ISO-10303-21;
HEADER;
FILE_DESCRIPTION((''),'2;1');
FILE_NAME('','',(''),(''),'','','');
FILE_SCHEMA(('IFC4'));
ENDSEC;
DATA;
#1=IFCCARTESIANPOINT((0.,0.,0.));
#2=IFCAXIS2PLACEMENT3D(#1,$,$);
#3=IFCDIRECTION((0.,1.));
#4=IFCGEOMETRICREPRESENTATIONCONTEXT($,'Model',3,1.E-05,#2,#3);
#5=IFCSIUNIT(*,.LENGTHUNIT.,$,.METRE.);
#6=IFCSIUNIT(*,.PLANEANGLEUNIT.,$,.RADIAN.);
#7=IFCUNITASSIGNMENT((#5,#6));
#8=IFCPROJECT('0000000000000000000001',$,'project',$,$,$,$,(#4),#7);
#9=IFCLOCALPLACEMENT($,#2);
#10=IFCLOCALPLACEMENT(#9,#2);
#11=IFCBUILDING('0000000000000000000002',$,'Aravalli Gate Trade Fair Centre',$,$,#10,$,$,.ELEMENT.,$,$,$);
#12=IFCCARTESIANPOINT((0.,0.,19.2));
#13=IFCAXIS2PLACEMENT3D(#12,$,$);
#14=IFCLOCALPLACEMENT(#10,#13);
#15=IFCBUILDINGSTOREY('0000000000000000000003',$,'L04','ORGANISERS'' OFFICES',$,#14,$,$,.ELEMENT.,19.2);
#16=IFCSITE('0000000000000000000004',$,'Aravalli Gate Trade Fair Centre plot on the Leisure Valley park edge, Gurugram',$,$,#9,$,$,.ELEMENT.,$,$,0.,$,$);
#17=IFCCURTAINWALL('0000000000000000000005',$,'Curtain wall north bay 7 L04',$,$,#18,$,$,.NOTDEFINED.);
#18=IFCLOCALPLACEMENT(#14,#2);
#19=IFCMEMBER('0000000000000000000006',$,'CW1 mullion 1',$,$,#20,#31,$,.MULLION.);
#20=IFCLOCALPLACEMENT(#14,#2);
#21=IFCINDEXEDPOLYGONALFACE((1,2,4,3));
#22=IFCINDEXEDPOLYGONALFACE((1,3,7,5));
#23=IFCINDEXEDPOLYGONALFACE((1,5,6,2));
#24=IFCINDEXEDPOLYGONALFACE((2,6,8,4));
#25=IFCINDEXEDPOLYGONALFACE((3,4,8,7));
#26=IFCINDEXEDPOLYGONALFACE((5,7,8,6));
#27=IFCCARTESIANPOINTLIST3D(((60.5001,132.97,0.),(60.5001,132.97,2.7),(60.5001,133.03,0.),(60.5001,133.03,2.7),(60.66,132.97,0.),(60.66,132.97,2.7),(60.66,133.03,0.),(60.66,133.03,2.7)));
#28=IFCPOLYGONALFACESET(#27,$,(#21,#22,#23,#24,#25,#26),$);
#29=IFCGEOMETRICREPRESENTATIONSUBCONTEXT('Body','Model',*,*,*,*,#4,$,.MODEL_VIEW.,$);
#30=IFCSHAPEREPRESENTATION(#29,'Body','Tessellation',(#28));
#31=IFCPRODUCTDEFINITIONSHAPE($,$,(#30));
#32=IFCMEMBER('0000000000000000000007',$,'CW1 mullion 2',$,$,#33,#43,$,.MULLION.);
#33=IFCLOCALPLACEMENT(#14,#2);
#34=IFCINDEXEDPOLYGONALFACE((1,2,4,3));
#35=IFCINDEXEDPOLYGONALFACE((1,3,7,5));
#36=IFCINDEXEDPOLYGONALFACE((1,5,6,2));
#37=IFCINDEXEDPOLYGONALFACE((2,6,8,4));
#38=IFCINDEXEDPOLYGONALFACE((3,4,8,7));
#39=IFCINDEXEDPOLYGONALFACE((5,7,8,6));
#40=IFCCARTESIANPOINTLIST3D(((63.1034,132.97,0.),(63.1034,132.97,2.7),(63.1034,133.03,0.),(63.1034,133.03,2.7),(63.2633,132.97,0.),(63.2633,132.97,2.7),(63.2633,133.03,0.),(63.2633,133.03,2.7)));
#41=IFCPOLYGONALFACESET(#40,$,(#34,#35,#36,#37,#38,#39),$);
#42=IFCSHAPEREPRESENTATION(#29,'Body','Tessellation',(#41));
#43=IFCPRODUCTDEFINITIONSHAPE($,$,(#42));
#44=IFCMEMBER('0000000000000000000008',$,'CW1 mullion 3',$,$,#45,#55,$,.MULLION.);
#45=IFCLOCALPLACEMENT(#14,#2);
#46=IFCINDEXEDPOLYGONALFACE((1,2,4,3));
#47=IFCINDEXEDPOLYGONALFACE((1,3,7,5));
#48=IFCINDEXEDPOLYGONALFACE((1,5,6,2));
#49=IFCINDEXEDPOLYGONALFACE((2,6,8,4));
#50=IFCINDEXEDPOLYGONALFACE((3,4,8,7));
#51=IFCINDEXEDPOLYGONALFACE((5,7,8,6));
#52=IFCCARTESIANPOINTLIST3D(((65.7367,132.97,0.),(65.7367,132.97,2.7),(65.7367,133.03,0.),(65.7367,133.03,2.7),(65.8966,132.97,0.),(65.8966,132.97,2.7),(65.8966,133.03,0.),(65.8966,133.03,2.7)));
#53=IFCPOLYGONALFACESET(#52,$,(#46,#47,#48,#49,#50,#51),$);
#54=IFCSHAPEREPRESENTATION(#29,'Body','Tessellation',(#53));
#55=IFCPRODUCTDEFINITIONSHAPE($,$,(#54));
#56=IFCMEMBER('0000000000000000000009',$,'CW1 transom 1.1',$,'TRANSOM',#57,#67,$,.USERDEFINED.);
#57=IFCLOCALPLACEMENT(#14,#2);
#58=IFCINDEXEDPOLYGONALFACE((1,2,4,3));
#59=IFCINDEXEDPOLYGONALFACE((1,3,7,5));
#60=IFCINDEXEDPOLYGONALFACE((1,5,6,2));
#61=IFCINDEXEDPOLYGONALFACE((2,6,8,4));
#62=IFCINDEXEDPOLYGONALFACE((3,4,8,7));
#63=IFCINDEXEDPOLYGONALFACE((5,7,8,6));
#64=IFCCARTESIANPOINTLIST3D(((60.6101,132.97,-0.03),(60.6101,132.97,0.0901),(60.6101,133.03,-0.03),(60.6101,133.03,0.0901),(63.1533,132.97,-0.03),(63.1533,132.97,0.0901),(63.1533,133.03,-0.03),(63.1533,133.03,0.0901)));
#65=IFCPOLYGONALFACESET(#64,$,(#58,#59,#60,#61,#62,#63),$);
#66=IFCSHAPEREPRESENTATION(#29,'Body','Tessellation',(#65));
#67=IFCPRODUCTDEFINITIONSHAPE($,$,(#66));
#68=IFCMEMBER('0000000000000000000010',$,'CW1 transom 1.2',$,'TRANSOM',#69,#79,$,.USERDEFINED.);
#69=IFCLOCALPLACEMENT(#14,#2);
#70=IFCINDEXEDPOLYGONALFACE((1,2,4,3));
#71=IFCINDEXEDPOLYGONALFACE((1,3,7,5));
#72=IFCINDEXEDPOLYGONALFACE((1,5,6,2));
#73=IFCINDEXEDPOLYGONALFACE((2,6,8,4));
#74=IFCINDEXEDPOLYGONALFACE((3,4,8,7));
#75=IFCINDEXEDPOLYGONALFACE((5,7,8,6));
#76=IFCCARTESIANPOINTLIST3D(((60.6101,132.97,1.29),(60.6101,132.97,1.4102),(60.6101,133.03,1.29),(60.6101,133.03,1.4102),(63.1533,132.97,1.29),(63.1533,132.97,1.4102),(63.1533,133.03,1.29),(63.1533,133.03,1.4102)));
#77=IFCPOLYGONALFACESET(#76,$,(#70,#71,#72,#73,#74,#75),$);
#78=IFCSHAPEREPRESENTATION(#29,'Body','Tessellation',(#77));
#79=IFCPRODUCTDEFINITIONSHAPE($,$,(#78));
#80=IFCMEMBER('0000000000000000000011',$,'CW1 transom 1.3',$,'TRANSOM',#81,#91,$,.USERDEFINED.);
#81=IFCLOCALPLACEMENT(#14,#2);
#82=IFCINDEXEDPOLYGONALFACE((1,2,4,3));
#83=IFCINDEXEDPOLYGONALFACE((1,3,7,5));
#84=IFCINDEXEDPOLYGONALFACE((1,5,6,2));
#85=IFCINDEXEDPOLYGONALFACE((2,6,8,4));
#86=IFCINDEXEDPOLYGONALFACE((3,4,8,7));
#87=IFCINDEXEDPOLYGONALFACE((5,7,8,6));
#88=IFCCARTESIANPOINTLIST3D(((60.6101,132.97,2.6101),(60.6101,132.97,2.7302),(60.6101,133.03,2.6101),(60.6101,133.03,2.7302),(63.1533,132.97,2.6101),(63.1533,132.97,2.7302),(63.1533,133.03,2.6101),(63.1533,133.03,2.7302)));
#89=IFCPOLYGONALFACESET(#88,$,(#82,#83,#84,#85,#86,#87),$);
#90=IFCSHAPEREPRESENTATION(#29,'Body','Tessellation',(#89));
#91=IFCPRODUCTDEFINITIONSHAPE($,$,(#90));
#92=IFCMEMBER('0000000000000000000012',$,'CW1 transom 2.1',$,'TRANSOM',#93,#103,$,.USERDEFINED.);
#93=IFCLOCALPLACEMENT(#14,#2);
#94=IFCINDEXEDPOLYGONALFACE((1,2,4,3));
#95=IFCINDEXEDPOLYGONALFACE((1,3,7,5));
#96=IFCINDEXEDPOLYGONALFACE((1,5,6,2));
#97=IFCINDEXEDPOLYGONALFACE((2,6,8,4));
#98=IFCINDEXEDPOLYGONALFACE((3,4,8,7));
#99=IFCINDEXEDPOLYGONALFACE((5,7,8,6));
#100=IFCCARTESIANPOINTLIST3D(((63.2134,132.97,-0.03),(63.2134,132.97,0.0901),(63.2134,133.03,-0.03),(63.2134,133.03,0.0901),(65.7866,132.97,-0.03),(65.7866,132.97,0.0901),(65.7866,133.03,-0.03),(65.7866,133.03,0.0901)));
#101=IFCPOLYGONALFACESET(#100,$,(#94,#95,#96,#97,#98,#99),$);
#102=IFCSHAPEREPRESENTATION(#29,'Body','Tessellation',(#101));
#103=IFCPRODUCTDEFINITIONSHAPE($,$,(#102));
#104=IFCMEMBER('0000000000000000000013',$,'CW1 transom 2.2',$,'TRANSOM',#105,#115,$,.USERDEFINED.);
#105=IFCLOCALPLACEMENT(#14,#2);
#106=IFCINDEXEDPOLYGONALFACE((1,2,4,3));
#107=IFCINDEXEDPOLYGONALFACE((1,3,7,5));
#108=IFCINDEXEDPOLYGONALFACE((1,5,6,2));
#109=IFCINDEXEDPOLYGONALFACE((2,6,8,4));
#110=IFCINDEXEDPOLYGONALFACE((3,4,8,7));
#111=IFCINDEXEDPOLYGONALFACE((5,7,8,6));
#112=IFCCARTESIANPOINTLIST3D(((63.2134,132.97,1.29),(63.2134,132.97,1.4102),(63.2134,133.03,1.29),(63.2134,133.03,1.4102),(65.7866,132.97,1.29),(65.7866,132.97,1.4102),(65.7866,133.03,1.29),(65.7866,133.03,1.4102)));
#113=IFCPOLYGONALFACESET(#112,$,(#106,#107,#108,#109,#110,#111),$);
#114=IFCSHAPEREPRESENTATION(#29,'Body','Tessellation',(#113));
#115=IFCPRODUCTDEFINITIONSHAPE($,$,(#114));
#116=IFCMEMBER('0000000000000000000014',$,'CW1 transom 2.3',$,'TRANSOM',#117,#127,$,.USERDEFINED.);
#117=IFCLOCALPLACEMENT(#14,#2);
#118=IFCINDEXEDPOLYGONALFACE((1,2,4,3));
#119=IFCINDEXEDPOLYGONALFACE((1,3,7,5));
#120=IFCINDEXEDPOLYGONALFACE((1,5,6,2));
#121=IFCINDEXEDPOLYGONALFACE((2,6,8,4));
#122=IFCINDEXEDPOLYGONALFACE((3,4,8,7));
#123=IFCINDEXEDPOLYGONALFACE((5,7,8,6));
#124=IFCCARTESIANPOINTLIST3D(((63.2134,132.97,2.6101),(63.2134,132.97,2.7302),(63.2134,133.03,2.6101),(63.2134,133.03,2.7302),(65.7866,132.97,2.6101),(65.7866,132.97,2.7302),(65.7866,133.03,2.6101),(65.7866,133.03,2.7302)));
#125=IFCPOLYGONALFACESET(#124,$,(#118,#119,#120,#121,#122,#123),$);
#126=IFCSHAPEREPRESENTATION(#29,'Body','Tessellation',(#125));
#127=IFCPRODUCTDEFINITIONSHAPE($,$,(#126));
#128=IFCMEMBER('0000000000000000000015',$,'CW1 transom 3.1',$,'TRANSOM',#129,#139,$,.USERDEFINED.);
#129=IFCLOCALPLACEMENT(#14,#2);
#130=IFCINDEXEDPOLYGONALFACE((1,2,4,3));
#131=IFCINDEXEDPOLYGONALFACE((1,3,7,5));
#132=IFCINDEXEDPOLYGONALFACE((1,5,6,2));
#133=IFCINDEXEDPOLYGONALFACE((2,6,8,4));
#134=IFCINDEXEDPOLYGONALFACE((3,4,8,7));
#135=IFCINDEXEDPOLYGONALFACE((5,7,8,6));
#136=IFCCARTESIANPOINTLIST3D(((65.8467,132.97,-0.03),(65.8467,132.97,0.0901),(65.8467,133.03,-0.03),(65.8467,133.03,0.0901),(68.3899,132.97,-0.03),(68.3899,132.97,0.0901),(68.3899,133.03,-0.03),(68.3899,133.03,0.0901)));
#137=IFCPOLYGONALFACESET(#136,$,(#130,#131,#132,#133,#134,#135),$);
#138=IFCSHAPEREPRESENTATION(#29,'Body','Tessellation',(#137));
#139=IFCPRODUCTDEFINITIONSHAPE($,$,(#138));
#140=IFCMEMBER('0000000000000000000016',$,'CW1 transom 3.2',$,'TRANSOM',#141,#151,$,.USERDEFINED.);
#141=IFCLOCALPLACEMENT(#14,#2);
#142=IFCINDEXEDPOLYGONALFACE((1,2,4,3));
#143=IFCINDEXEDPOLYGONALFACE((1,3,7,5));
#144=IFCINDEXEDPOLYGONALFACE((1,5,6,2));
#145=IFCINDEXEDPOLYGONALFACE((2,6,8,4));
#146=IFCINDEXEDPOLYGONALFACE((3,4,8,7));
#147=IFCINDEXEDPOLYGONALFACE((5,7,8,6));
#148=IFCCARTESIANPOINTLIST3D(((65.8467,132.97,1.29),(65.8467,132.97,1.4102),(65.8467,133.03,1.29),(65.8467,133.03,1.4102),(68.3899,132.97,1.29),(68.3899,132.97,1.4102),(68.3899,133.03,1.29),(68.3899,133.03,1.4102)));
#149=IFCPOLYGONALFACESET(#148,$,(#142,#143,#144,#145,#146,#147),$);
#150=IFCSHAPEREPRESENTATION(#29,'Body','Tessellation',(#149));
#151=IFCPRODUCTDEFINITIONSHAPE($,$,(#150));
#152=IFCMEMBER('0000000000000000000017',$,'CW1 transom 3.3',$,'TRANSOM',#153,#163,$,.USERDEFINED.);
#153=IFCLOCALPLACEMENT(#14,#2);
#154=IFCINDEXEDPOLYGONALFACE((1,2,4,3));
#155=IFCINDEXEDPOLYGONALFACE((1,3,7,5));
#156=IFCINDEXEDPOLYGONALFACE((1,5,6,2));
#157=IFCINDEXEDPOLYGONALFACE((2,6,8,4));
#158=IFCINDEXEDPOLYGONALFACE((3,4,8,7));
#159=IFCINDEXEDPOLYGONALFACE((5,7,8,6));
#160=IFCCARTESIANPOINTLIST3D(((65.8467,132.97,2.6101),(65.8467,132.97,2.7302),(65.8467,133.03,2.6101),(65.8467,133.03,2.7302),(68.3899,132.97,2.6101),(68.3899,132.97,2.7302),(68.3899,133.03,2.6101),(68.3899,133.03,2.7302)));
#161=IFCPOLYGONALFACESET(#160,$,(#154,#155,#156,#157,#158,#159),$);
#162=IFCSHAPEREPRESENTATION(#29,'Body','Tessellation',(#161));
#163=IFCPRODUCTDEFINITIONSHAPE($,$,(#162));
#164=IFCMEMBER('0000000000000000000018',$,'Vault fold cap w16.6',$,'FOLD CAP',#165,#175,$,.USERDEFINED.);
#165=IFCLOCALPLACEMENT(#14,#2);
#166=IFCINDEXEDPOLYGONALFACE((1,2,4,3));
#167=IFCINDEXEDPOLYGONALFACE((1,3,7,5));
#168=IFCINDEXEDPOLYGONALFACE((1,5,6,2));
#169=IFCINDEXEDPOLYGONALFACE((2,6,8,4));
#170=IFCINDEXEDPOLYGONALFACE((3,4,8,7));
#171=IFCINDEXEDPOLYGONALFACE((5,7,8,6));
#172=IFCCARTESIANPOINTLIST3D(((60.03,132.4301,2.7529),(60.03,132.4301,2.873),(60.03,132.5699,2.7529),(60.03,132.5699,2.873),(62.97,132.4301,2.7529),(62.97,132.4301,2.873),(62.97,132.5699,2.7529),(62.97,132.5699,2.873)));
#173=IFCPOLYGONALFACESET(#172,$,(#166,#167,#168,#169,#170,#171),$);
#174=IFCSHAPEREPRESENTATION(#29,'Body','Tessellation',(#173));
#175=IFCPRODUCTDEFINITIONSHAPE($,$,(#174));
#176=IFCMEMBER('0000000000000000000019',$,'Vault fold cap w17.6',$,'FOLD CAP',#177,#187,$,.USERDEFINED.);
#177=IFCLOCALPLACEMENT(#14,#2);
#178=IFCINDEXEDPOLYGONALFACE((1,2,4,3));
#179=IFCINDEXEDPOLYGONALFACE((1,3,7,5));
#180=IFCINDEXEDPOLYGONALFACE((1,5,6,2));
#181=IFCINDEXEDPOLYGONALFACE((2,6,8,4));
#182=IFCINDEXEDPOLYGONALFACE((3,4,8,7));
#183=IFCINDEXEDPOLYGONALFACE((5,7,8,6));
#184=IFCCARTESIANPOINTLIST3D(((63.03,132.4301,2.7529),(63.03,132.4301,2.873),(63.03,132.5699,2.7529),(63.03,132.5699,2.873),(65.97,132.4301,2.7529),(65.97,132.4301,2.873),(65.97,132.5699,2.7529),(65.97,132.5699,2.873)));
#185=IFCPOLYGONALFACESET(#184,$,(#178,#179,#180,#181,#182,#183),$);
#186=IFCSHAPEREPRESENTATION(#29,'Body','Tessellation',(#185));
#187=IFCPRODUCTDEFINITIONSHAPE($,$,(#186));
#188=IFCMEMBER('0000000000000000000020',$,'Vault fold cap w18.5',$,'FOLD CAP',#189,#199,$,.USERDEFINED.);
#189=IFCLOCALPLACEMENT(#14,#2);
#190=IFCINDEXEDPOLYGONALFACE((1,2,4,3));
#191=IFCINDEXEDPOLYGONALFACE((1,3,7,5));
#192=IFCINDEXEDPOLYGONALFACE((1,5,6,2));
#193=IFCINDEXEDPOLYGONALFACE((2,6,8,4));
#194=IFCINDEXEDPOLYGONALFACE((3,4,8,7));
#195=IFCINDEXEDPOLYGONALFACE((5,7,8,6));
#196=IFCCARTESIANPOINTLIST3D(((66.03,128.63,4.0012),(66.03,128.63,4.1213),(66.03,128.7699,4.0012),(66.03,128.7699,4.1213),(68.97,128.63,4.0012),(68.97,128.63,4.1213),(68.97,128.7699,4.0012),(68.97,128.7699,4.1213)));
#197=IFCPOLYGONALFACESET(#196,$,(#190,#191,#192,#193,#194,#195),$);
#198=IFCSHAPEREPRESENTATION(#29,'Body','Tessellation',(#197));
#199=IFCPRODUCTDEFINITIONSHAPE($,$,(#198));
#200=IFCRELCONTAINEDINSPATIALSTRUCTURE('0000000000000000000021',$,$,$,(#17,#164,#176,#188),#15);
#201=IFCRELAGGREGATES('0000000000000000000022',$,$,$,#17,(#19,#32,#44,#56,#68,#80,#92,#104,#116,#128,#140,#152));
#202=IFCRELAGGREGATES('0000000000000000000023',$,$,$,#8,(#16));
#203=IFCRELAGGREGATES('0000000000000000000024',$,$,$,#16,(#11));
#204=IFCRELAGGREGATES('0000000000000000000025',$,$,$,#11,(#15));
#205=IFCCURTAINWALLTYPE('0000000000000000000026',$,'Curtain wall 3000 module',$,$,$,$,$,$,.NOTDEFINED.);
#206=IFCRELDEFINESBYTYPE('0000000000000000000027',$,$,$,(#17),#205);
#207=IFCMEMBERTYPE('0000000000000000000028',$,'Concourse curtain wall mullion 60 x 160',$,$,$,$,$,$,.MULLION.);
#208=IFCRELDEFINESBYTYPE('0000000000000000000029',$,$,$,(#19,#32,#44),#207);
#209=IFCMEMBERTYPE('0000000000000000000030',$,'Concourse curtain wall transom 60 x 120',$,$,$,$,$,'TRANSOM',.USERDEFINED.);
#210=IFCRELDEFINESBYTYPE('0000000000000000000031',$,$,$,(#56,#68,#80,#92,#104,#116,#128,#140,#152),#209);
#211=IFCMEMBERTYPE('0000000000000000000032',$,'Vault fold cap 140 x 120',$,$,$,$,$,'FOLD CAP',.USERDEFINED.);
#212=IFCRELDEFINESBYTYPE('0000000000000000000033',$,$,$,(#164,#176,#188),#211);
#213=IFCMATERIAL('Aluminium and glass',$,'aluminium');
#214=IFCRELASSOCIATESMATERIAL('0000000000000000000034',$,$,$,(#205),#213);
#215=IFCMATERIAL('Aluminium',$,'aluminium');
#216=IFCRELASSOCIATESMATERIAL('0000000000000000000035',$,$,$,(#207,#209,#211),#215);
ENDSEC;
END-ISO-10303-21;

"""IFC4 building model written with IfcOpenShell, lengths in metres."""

from ifc_helpers import new_model, si_unit, direction, frame, origin, origin_2d, place, context, subcontext, project, spatial, rectangle, extrude, material, material_profile, profile_set, type_object, element, aggregate, save


model = new_model("IFC4")

# Units and contexts
model_context = context("Model", 3, precision=1e-05, world=origin(), true_north=direction((0.0, 1.0)))
body_context = subcontext(model_context, "Body", "Model", "MODEL_VIEW")
ifc_project = project(units=[si_unit("LENGTHUNIT", "METRE"), si_unit("PLANEANGLEUNIT", "RADIAN")], contexts=[model_context])

# Site, building, storey
site_placement = place(None, origin())
site = spatial("IfcSite", under=ifc_project, at=site_placement, Name="Aravalli Gate Trade Fair Centre plot on the Leisure Valley park edge, Gurugram", CompositionType="ELEMENT", RefElevation=0.0)
building_placement = place(site_placement, origin())
building = spatial("IfcBuilding", under=site, at=building_placement, Name="Aravalli Gate Trade Fair Centre", CompositionType="ELEMENT")
storey_placement = place(building_placement, frame((0.0, 0.0, 19.2)))
storey = spatial("IfcBuildingStorey", under=building, at=storey_placement, Name="L04", Description="ORGANISERS' OFFICES", CompositionType="ELEMENT", Elevation=19.2)

# Curtain wall, members
ifc_material_1 = material(Name="Aluminium and glass", Category="aluminium")
curtain_wall_type_1 = type_object("IfcCurtainWallType", Name="Curtain wall 3000 module", PredefinedType="NOTDEFINED", material=ifc_material_1)
curtain_wall_1_placement = place(storey_placement, origin())
curtain_wall_1 = element("IfcCurtainWall", 1, at=curtain_wall_1_placement, inside=storey, type_object=curtain_wall_type_1, Name="Curtain wall north bay 7 L04", PredefinedType="NOTDEFINED")
ifc_material_2 = material(Name="Aluminium", Category="aluminium")
ifc_material_profile_1 = material_profile(ifc_material_2, rectangle(XDim=0.0601, YDim=0.1599, at=origin_2d()), Name="Concourse curtain wall mullion 60 x 160")
ifc_profile_set_1 = profile_set([ifc_material_profile_1], Name="Aluminium")
member_type_1 = type_object("IfcMemberType", Name="Concourse curtain wall mullion 60 x 160", PredefinedType="MULLION", material=ifc_profile_set_1)
member_1_placement = place(storey_placement, frame((60.5801, 133.0, 0.0), z_axis=(0.0, 0.0, 1.0), x_axis=(0.0, 1.0, 0.0)))
member_1 = element("IfcMember", 2, at=member_1_placement, type_object=member_type_1, Name="CW1 mullion 1", PredefinedType="MULLION", context=body_context, shape_type="SweptSolid", body=[
    extrude(rectangle(XDim=0.0601, YDim=0.1599, at=origin_2d()), origin(), (0.0, 0.0, 1.0), 2.7),
])
member_2_placement = place(storey_placement, frame((63.1833, 133.0, 0.0), z_axis=(0.0, 0.0, 1.0), x_axis=(0.0, 1.0, 0.0)))
member_2 = element("IfcMember", 3, at=member_2_placement, type_object=member_type_1, Name="CW1 mullion 2", PredefinedType="MULLION", context=body_context, shape_type="SweptSolid", body=[
    extrude(rectangle(XDim=0.0601, YDim=0.1599, at=origin_2d()), origin(), (0.0, 0.0, 1.0), 2.7),
])
member_3_placement = place(storey_placement, frame((65.8167, 133.0, 0.0), z_axis=(0.0, 0.0, 1.0), x_axis=(0.0, 1.0, 0.0)))
member_3 = element("IfcMember", 4, at=member_3_placement, type_object=member_type_1, Name="CW1 mullion 3", PredefinedType="MULLION", context=body_context, shape_type="SweptSolid", body=[
    extrude(rectangle(XDim=0.0601, YDim=0.1599, at=origin_2d()), origin(), (0.0, 0.0, 1.0), 2.7),
])
ifc_material_profile_2 = material_profile(ifc_material_2, rectangle(XDim=0.0601, YDim=0.1201, at=origin_2d()), Name="Concourse curtain wall transom 60 x 120")
ifc_profile_set_2 = profile_set([ifc_material_profile_2], Name="Aluminium")
member_type_2 = type_object("IfcMemberType", Name="Concourse curtain wall transom 60 x 120", ElementType="TRANSOM", PredefinedType="USERDEFINED", material=ifc_profile_set_2)
member_4_placement = place(storey_placement, frame((60.6101, 133.0, 0.03), z_axis=(1.0, 0.0, 0.0), x_axis=(0.0, 1.0, 0.0)))
member_4 = element("IfcMember", 5, at=member_4_placement, type_object=member_type_2, Name="CW1 transom 1.1", ObjectType="TRANSOM", PredefinedType="USERDEFINED", context=body_context, shape_type="SweptSolid", body=[
    extrude(rectangle(XDim=0.0601, YDim=0.1201, at=origin_2d()), origin(), (0.0, 0.0, 1.0), 2.5432),
])
member_5_placement = place(storey_placement, frame((60.6101, 133.0, 1.3501), z_axis=(1.0, 0.0, 0.0), x_axis=(0.0, 1.0, 0.0)))
member_5 = element("IfcMember", 6, at=member_5_placement, type_object=member_type_2, Name="CW1 transom 1.2", ObjectType="TRANSOM", PredefinedType="USERDEFINED", context=body_context, shape_type="SweptSolid", body=[
    extrude(rectangle(XDim=0.0601, YDim=0.1201, at=origin_2d()), origin(), (0.0, 0.0, 1.0), 2.5432),
])
member_6_placement = place(storey_placement, frame((60.6101, 133.0, 2.6702), z_axis=(1.0, 0.0, 0.0), x_axis=(0.0, 1.0, 0.0)))
member_6 = element("IfcMember", 7, at=member_6_placement, type_object=member_type_2, Name="CW1 transom 1.3", ObjectType="TRANSOM", PredefinedType="USERDEFINED", context=body_context, shape_type="SweptSolid", body=[
    extrude(rectangle(XDim=0.0601, YDim=0.1201, at=origin_2d()), origin(), (0.0, 0.0, 1.0), 2.5432),
])
member_7_placement = place(storey_placement, frame((63.2134, 133.0, 0.03), z_axis=(1.0, 0.0, 0.0), x_axis=(0.0, 1.0, 0.0)))
member_7 = element("IfcMember", 8, at=member_7_placement, type_object=member_type_2, Name="CW1 transom 2.1", ObjectType="TRANSOM", PredefinedType="USERDEFINED", context=body_context, shape_type="SweptSolid", body=[
    extrude(rectangle(XDim=0.0601, YDim=0.1201, at=origin_2d()), origin(), (0.0, 0.0, 1.0), 2.5732),
])
member_8_placement = place(storey_placement, frame((63.2134, 133.0, 1.3501), z_axis=(1.0, 0.0, 0.0), x_axis=(0.0, 1.0, 0.0)))
member_8 = element("IfcMember", 9, at=member_8_placement, type_object=member_type_2, Name="CW1 transom 2.2", ObjectType="TRANSOM", PredefinedType="USERDEFINED", context=body_context, shape_type="SweptSolid", body=[
    extrude(rectangle(XDim=0.0601, YDim=0.1201, at=origin_2d()), origin(), (0.0, 0.0, 1.0), 2.5732),
])
member_9_placement = place(storey_placement, frame((63.2134, 133.0, 2.6702), z_axis=(1.0, 0.0, 0.0), x_axis=(0.0, 1.0, 0.0)))
member_9 = element("IfcMember", 10, at=member_9_placement, type_object=member_type_2, Name="CW1 transom 2.3", ObjectType="TRANSOM", PredefinedType="USERDEFINED", context=body_context, shape_type="SweptSolid", body=[
    extrude(rectangle(XDim=0.0601, YDim=0.1201, at=origin_2d()), origin(), (0.0, 0.0, 1.0), 2.5732),
])
member_10_placement = place(storey_placement, frame((65.8467, 133.0, 0.03), z_axis=(1.0, 0.0, 0.0), x_axis=(0.0, 1.0, 0.0)))
member_10 = element("IfcMember", 11, at=member_10_placement, type_object=member_type_2, Name="CW1 transom 3.1", ObjectType="TRANSOM", PredefinedType="USERDEFINED", context=body_context, shape_type="SweptSolid", body=[
    extrude(rectangle(XDim=0.0601, YDim=0.1201, at=origin_2d()), origin(), (0.0, 0.0, 1.0), 2.5432),
])
member_11_placement = place(storey_placement, frame((65.8467, 133.0, 1.3501), z_axis=(1.0, 0.0, 0.0), x_axis=(0.0, 1.0, 0.0)))
member_11 = element("IfcMember", 12, at=member_11_placement, type_object=member_type_2, Name="CW1 transom 3.2", ObjectType="TRANSOM", PredefinedType="USERDEFINED", context=body_context, shape_type="SweptSolid", body=[
    extrude(rectangle(XDim=0.0601, YDim=0.1201, at=origin_2d()), origin(), (0.0, 0.0, 1.0), 2.5432),
])
member_12_placement = place(storey_placement, frame((65.8467, 133.0, 2.6702), z_axis=(1.0, 0.0, 0.0), x_axis=(0.0, 1.0, 0.0)))
member_12 = element("IfcMember", 13, at=member_12_placement, type_object=member_type_2, Name="CW1 transom 3.3", ObjectType="TRANSOM", PredefinedType="USERDEFINED", context=body_context, shape_type="SweptSolid", body=[
    extrude(rectangle(XDim=0.0601, YDim=0.1201, at=origin_2d()), origin(), (0.0, 0.0, 1.0), 2.5432),
])

# Members
ifc_material_profile_3 = material_profile(ifc_material_2, rectangle(XDim=0.1399, YDim=0.1201, at=origin_2d()), Name="Vault fold cap 140 x 120")
ifc_profile_set_3 = profile_set([ifc_material_profile_3], Name="Aluminium")
member_type_3 = type_object("IfcMemberType", Name="Vault fold cap 140 x 120", ElementType="FOLD CAP", PredefinedType="USERDEFINED", material=ifc_profile_set_3)
for number, where, z_axis, x_axis, name in (
    (14, (60.03, 132.5, 2.813), (1.0, 0.0, 0.0), (0.0, 1.0, 0.0), "Vault fold cap w16.6"),
    (15, (63.03, 132.5, 2.813), (1.0, 0.0, 0.0), (0.0, 1.0, 0.0), "Vault fold cap w17.6"),
    (16, (66.03, 128.7, 4.0613), (1.0, 0.0, 0.0), (0.0, 1.0, 0.0), "Vault fold cap w18.5"),
):
    element("IfcMember", number, at=place(storey_placement, frame(where, z_axis=z_axis, x_axis=x_axis)), inside=storey, type_object=member_type_3, Name=name, ObjectType="FOLD CAP", PredefinedType="USERDEFINED", context=body_context, shape_type="SweptSolid", body=[
        extrude(rectangle(XDim=0.1399, YDim=0.1201, at=origin_2d()), origin(), (0.0, 0.0, 1.0), 2.9399),
    ])

aggregate(curtain_wall_1, [member_1, member_2, member_3, member_4, member_5, member_6, member_7, member_8, member_9, member_10, member_11, member_12])

save(model, "model.ifc")
